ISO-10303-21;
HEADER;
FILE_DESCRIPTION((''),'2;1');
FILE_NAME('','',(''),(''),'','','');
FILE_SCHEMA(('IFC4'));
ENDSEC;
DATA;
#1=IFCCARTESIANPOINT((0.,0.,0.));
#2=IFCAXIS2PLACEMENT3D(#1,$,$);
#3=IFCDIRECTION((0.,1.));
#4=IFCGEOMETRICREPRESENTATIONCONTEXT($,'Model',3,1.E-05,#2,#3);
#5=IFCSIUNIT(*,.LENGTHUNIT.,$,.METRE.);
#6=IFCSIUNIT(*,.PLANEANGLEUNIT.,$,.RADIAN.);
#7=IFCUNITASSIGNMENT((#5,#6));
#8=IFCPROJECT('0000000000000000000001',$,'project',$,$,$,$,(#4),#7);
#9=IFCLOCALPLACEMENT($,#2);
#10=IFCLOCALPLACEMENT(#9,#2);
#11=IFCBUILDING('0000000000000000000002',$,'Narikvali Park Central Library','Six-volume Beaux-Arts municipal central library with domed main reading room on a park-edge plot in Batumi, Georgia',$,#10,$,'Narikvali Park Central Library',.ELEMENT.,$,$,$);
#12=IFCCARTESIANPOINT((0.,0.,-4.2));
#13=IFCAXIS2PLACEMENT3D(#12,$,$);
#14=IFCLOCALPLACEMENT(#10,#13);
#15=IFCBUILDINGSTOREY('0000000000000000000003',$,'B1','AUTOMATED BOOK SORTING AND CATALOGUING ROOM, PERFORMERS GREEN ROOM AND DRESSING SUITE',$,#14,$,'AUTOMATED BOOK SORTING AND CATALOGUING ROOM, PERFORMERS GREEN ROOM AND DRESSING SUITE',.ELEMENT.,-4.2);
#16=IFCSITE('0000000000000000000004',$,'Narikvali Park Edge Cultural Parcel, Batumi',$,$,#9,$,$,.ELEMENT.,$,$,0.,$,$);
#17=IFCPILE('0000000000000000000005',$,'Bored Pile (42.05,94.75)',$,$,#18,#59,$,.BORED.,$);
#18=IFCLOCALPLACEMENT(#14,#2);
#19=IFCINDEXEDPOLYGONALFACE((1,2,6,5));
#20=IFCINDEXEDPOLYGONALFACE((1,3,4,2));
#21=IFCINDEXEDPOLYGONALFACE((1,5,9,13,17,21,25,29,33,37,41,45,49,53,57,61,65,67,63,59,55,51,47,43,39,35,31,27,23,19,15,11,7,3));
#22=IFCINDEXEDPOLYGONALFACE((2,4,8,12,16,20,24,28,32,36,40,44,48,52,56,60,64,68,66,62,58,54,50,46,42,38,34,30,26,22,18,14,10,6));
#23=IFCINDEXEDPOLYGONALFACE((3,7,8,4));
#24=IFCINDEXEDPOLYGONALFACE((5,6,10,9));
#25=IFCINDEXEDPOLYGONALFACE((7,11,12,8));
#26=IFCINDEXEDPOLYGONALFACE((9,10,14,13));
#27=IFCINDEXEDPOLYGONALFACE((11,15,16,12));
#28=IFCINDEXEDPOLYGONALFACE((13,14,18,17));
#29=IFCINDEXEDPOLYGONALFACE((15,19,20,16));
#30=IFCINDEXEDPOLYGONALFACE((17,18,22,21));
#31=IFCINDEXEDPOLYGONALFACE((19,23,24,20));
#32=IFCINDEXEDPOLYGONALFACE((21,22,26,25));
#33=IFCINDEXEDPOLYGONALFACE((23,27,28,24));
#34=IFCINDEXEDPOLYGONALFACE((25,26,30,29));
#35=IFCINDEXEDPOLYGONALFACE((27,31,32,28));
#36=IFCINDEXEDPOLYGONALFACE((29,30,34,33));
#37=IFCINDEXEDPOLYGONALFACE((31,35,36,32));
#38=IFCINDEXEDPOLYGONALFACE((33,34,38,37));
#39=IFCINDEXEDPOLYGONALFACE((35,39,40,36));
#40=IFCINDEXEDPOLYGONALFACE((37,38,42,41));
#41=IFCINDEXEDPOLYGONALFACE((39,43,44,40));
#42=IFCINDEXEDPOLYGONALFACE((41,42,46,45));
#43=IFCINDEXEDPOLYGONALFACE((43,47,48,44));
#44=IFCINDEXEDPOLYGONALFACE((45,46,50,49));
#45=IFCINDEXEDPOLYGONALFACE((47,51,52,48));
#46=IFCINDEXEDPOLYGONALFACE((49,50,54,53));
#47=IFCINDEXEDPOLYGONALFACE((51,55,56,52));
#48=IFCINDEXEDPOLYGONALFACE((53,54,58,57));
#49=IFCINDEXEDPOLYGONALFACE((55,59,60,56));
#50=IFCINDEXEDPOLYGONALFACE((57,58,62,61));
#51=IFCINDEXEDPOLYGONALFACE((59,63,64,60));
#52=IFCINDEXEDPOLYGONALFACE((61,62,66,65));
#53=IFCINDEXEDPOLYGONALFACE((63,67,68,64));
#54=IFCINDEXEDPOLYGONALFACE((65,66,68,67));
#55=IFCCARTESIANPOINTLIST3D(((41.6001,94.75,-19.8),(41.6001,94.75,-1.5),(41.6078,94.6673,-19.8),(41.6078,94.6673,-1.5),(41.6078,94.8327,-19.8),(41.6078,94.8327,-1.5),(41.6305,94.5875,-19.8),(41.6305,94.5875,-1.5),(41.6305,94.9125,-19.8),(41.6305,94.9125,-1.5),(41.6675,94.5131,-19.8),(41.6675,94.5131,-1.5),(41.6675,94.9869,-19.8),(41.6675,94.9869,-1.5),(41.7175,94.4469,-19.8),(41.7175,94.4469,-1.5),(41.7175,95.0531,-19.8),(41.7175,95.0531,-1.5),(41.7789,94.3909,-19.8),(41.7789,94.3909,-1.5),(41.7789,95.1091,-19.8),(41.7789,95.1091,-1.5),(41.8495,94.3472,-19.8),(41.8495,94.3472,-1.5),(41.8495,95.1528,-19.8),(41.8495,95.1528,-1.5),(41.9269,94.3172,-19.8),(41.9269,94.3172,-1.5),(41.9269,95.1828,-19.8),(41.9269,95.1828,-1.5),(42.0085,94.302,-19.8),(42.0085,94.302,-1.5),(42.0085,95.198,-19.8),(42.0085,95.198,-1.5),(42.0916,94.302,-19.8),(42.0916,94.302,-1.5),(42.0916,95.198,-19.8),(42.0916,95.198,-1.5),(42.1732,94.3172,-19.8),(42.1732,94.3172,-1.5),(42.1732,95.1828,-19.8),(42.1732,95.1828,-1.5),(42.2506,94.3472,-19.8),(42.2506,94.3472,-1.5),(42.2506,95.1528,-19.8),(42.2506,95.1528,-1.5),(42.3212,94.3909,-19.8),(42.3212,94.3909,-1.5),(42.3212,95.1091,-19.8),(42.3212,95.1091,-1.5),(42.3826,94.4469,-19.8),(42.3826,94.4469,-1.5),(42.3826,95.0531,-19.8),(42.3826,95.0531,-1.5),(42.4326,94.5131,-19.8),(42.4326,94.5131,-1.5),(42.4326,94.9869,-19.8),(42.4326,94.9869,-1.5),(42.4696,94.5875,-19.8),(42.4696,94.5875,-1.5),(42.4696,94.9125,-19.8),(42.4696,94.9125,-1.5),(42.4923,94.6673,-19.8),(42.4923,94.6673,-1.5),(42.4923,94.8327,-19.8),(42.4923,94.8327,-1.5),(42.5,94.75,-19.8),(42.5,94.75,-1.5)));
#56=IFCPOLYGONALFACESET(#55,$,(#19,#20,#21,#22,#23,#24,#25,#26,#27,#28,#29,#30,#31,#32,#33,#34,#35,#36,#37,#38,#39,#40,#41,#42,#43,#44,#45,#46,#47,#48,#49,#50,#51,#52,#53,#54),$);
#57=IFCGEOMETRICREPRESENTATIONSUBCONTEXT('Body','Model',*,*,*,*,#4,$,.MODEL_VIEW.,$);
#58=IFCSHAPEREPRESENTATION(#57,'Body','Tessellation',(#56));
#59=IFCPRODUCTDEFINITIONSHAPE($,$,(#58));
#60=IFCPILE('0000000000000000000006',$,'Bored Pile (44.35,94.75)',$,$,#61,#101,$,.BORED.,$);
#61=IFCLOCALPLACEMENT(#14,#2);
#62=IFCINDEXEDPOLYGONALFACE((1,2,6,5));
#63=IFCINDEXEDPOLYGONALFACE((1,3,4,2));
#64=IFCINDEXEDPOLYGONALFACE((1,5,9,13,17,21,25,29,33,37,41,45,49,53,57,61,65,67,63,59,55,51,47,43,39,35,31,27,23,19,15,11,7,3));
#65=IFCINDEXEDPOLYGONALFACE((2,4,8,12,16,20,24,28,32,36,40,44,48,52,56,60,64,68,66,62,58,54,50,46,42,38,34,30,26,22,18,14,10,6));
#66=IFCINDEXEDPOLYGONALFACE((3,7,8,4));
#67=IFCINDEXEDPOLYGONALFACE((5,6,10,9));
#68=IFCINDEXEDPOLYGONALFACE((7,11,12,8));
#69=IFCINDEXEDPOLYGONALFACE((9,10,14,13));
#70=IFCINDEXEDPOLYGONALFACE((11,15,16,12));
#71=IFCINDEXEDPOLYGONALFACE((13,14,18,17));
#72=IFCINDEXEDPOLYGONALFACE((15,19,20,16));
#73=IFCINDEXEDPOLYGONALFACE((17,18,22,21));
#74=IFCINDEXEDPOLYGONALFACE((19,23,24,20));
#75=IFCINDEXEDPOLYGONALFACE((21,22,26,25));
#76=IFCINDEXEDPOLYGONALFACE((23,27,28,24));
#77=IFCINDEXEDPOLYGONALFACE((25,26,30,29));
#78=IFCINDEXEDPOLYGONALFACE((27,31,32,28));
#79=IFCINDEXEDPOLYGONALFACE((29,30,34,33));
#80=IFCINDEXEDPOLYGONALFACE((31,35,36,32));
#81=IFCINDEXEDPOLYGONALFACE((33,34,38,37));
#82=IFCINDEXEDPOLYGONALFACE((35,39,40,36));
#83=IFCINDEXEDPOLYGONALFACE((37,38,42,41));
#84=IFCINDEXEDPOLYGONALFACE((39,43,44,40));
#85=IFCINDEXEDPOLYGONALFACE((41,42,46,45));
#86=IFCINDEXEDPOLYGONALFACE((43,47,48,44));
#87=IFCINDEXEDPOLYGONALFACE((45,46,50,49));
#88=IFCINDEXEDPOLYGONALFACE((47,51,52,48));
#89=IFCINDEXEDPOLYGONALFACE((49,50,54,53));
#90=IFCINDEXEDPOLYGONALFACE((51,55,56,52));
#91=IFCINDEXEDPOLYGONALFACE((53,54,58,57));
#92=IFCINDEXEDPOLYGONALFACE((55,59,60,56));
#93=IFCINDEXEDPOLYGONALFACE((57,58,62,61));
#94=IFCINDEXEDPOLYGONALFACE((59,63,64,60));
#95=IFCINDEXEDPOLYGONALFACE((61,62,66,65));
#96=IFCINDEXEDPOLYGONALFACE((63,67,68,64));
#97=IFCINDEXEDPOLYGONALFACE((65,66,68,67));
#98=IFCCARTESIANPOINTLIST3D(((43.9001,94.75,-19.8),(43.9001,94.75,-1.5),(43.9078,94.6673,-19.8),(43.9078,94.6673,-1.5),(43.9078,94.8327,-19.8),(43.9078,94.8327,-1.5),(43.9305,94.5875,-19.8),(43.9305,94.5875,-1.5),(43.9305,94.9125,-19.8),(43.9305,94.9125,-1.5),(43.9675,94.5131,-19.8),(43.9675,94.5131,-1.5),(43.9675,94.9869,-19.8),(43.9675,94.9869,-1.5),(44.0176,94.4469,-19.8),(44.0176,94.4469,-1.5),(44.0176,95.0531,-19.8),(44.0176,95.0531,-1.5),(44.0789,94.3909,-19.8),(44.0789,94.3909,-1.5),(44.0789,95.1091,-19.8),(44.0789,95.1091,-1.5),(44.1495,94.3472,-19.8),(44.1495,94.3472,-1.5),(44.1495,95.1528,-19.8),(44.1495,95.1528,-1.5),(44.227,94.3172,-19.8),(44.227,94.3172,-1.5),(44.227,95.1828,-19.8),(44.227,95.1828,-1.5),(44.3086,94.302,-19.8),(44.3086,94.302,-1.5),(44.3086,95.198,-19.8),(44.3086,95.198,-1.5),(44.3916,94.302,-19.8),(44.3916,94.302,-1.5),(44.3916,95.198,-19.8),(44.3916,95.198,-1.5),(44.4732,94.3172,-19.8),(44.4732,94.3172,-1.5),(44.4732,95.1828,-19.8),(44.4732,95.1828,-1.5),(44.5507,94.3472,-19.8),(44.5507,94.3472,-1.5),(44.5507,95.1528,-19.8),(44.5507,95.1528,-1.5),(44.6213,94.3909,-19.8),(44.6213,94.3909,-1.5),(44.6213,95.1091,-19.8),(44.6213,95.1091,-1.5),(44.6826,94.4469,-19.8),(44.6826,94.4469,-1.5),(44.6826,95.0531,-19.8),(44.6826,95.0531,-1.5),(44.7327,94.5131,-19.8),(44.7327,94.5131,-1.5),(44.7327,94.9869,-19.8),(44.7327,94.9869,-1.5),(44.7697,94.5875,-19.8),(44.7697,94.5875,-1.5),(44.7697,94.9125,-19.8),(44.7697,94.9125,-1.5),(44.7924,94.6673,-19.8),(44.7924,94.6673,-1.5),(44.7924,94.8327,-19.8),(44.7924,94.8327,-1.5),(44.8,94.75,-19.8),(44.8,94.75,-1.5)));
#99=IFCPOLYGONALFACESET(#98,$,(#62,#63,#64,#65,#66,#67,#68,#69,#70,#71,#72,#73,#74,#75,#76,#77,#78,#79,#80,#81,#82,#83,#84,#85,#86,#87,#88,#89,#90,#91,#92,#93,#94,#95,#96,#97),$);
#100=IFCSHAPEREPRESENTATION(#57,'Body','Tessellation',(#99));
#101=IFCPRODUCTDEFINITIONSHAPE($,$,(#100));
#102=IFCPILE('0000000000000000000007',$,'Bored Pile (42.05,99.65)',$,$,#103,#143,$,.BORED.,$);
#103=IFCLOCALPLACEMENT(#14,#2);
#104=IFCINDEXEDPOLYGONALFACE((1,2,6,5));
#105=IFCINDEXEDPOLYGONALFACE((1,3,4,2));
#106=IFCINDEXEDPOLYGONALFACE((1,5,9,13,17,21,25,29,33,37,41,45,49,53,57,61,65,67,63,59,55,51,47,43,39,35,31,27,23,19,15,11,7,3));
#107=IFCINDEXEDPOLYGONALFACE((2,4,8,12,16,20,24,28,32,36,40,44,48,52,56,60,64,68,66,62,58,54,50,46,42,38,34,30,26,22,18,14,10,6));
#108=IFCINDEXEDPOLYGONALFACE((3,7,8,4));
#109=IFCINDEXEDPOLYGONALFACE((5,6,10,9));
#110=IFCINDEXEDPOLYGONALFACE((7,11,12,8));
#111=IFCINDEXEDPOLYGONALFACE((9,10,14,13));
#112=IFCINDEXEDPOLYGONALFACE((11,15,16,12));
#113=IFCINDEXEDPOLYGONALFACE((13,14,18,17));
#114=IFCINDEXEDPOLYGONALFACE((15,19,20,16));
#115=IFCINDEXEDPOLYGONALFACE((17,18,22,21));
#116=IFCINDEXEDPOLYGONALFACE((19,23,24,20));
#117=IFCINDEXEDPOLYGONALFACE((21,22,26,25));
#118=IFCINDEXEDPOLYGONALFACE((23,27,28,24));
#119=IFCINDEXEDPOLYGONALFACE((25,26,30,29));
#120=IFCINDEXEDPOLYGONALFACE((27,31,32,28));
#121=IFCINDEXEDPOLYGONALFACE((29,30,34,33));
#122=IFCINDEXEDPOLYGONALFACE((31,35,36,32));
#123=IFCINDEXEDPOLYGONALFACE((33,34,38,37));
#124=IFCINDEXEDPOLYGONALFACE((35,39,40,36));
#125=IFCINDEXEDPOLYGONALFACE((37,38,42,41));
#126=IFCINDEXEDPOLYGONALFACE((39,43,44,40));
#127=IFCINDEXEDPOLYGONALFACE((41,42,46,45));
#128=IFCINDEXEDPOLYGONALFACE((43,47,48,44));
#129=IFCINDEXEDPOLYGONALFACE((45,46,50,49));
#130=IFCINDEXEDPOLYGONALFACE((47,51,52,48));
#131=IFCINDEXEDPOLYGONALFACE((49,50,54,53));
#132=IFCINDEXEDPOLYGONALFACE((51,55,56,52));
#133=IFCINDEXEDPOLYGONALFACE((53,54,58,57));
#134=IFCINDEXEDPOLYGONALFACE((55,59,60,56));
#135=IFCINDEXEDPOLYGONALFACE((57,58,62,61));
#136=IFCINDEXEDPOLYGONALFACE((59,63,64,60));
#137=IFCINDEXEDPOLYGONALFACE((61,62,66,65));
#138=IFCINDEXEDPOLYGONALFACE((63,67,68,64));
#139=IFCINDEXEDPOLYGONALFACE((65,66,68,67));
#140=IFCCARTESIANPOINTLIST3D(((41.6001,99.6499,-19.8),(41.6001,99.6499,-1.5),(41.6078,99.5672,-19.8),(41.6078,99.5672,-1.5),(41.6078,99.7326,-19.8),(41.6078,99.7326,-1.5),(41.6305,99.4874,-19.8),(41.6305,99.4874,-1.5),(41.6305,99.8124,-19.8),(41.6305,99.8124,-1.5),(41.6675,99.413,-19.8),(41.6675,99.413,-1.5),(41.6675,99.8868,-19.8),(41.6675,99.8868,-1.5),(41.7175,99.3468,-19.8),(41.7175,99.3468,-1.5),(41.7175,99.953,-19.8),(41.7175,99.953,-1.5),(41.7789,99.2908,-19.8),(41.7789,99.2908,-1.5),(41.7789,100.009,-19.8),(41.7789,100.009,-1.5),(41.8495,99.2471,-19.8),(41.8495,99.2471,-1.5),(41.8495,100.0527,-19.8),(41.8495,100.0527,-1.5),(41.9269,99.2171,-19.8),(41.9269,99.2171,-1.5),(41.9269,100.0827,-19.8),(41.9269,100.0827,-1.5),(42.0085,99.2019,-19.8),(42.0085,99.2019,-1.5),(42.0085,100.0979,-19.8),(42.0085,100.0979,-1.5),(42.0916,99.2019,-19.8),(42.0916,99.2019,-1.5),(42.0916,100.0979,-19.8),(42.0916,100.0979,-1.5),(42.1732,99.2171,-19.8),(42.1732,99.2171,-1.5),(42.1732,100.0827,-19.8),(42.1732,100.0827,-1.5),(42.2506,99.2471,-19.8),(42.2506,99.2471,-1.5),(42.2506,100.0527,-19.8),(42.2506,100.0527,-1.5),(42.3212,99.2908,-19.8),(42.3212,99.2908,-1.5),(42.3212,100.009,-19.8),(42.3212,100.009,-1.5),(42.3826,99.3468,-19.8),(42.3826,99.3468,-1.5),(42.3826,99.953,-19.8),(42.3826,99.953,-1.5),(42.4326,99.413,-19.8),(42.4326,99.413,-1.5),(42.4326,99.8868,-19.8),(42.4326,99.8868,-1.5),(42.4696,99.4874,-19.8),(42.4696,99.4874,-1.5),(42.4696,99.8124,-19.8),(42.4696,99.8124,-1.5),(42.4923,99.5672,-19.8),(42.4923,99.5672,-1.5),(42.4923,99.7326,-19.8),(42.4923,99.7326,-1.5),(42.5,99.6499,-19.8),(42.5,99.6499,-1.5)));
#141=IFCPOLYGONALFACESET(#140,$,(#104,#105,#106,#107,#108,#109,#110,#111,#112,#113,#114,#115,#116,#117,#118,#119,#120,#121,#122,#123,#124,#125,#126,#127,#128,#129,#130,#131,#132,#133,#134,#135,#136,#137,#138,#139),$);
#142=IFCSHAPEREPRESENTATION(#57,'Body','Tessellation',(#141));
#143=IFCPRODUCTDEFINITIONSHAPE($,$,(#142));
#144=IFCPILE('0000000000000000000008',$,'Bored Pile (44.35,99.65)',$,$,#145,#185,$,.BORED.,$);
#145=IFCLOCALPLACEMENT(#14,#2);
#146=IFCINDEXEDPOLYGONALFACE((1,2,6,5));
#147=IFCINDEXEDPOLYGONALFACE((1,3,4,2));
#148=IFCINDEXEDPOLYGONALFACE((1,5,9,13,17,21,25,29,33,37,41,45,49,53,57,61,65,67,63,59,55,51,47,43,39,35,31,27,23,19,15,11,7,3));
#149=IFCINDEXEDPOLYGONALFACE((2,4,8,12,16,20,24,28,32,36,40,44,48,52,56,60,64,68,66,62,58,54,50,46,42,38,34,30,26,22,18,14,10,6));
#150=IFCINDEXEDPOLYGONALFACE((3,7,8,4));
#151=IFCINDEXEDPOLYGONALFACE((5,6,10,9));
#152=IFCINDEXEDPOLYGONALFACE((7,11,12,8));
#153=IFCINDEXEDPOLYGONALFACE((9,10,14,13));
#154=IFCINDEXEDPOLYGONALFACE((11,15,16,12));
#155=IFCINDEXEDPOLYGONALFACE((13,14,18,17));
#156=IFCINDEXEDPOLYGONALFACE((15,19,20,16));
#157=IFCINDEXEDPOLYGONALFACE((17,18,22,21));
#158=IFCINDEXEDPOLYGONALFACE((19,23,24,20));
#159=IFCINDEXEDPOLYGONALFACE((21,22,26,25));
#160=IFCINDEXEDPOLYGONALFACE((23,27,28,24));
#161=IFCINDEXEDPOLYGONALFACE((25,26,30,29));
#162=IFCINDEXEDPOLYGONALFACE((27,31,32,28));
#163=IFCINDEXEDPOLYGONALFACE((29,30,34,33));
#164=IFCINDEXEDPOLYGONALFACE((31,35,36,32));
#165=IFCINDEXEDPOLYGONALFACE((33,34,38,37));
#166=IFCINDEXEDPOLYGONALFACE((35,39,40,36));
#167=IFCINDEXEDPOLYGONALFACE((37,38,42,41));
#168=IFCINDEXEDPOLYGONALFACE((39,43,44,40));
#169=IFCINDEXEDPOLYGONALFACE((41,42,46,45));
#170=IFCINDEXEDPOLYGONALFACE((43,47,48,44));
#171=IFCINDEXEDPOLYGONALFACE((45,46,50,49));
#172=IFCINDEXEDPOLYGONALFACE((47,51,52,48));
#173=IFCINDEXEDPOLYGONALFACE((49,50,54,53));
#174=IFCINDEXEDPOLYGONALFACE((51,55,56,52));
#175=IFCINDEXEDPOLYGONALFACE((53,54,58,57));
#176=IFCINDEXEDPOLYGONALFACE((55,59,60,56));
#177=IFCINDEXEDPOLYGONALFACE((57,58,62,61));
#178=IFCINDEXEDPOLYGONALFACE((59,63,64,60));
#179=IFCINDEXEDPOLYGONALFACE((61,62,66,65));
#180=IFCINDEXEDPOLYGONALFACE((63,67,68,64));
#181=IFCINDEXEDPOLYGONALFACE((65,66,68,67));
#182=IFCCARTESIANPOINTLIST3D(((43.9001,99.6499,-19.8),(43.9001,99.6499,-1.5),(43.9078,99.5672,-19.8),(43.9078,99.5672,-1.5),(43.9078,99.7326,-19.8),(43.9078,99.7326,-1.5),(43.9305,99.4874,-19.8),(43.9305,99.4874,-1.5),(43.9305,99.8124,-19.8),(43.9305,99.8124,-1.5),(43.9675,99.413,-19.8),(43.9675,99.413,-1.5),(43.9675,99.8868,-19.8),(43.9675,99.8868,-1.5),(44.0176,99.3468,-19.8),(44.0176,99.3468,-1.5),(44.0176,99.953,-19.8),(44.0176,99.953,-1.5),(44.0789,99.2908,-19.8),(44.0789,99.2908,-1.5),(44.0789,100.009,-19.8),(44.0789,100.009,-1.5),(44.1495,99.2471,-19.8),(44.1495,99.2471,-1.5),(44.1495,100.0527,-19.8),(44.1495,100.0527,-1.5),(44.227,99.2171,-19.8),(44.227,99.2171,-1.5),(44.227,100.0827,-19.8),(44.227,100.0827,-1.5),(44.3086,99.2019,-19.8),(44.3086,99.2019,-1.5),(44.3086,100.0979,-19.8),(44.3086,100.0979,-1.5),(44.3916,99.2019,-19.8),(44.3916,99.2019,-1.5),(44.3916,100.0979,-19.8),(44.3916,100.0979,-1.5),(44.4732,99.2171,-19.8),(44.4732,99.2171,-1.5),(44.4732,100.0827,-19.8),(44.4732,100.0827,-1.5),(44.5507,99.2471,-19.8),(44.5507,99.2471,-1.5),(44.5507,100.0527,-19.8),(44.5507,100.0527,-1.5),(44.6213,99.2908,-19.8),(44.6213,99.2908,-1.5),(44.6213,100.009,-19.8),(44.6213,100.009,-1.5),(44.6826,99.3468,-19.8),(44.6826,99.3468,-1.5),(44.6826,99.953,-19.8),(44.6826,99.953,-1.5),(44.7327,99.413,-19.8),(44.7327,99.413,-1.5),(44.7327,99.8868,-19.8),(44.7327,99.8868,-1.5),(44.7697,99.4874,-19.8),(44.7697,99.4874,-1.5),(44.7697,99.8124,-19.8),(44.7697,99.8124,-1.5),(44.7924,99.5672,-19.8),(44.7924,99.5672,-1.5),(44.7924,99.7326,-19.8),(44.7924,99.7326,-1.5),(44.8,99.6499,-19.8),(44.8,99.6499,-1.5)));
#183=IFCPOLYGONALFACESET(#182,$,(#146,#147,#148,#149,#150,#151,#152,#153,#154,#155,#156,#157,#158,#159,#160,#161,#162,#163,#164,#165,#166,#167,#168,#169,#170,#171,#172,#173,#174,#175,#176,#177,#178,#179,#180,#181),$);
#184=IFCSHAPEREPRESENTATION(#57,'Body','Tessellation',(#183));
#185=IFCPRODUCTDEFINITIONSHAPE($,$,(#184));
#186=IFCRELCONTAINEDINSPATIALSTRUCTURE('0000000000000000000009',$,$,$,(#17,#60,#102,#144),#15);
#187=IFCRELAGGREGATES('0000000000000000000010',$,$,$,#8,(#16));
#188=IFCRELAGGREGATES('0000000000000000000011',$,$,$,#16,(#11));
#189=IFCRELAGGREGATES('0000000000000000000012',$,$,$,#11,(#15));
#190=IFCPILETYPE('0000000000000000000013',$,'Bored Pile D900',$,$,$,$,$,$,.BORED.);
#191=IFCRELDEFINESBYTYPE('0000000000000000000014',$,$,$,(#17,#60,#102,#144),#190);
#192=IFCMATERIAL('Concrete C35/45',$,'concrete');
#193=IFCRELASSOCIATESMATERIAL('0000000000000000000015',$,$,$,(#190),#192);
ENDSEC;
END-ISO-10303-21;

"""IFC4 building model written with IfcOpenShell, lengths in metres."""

from ifc_helpers import new_model, si_unit, direction, frame, origin, origin_2d, place, context, subcontext, project, spatial, circle, extrude, material, material_profile, profile_set, type_object, element, save


model = new_model("IFC4")

# Units and contexts
model_context = context("Model", 3, precision=1e-05, world=origin(), true_north=direction((0.0, 1.0)))
body_context = subcontext(model_context, "Body", "Model", "MODEL_VIEW")
ifc_project = project(units=[si_unit("LENGTHUNIT", "METRE"), si_unit("PLANEANGLEUNIT", "RADIAN")], contexts=[model_context])

# Site, building, storey
site_placement = place(None, origin())
site = spatial("IfcSite", under=ifc_project, at=site_placement, Name="Narikvali Park Edge Cultural Parcel, Batumi", CompositionType="ELEMENT", RefElevation=0.0)
building_placement = place(site_placement, origin())
building = spatial("IfcBuilding", under=site, at=building_placement, Name="Narikvali Park Central Library", Description="Six-volume Beaux-Arts municipal central library with domed main reading room on a park-edge plot in Batumi, Georgia", LongName="Narikvali Park Central Library", CompositionType="ELEMENT")
storey_placement = place(building_placement, frame((0.0, 0.0, -4.2)))
storey = spatial("IfcBuildingStorey", under=building, at=storey_placement, Name="B1", Description="AUTOMATED BOOK SORTING AND CATALOGUING ROOM, PERFORMERS GREEN ROOM AND DRESSING SUITE", LongName="AUTOMATED BOOK SORTING AND CATALOGUING ROOM, PERFORMERS GREEN ROOM AND DRESSING SUITE", CompositionType="ELEMENT", Elevation=-4.2)

# Piles
ifc_material_1 = material(Name="Concrete C35/45", Category="concrete")
ifc_material_profile_1 = material_profile(ifc_material_1, circle(Radius=0.45, at=origin_2d()), Name="PILE D900")
ifc_profile_set_1 = profile_set([ifc_material_profile_1], Name="Concrete C35/45")
pile_type = type_object("IfcPileType", Name="Bored Pile D900", PredefinedType="BORED", material=ifc_profile_set_1)
for number, where, z_axis, x_axis, name in (
    (1, (42.05, 94.75, -1.5), (0.0, 0.0, -1.0), (1.0, 0.0, 0.0), "Bored Pile (42.05,94.75)"),
    (2, (44.3501, 94.75, -1.5), (0.0, 0.0, -1.0), (1.0, 0.0, 0.0), "Bored Pile (44.35,94.75)"),
    (3, (42.05, 99.6499, -1.5), (0.0, 0.0, -1.0), (1.0, 0.0, 0.0), "Bored Pile (42.05,99.65)"),
    (4, (44.3501, 99.6499, -1.5), (0.0, 0.0, -1.0), (1.0, 0.0, 0.0), "Bored Pile (44.35,99.65)"),
):
    element("IfcPile", number, at=place(storey_placement, frame(where, z_axis=z_axis, x_axis=x_axis)), inside=storey, type_object=pile_type, Name=name, PredefinedType="BORED", context=body_context, shape_type="SweptSolid", body=[
        extrude(circle(Radius=0.45, at=origin_2d()), origin(), (0.0, 0.0, 1.0), 18.3),
    ])

save(model, "model.ifc")
